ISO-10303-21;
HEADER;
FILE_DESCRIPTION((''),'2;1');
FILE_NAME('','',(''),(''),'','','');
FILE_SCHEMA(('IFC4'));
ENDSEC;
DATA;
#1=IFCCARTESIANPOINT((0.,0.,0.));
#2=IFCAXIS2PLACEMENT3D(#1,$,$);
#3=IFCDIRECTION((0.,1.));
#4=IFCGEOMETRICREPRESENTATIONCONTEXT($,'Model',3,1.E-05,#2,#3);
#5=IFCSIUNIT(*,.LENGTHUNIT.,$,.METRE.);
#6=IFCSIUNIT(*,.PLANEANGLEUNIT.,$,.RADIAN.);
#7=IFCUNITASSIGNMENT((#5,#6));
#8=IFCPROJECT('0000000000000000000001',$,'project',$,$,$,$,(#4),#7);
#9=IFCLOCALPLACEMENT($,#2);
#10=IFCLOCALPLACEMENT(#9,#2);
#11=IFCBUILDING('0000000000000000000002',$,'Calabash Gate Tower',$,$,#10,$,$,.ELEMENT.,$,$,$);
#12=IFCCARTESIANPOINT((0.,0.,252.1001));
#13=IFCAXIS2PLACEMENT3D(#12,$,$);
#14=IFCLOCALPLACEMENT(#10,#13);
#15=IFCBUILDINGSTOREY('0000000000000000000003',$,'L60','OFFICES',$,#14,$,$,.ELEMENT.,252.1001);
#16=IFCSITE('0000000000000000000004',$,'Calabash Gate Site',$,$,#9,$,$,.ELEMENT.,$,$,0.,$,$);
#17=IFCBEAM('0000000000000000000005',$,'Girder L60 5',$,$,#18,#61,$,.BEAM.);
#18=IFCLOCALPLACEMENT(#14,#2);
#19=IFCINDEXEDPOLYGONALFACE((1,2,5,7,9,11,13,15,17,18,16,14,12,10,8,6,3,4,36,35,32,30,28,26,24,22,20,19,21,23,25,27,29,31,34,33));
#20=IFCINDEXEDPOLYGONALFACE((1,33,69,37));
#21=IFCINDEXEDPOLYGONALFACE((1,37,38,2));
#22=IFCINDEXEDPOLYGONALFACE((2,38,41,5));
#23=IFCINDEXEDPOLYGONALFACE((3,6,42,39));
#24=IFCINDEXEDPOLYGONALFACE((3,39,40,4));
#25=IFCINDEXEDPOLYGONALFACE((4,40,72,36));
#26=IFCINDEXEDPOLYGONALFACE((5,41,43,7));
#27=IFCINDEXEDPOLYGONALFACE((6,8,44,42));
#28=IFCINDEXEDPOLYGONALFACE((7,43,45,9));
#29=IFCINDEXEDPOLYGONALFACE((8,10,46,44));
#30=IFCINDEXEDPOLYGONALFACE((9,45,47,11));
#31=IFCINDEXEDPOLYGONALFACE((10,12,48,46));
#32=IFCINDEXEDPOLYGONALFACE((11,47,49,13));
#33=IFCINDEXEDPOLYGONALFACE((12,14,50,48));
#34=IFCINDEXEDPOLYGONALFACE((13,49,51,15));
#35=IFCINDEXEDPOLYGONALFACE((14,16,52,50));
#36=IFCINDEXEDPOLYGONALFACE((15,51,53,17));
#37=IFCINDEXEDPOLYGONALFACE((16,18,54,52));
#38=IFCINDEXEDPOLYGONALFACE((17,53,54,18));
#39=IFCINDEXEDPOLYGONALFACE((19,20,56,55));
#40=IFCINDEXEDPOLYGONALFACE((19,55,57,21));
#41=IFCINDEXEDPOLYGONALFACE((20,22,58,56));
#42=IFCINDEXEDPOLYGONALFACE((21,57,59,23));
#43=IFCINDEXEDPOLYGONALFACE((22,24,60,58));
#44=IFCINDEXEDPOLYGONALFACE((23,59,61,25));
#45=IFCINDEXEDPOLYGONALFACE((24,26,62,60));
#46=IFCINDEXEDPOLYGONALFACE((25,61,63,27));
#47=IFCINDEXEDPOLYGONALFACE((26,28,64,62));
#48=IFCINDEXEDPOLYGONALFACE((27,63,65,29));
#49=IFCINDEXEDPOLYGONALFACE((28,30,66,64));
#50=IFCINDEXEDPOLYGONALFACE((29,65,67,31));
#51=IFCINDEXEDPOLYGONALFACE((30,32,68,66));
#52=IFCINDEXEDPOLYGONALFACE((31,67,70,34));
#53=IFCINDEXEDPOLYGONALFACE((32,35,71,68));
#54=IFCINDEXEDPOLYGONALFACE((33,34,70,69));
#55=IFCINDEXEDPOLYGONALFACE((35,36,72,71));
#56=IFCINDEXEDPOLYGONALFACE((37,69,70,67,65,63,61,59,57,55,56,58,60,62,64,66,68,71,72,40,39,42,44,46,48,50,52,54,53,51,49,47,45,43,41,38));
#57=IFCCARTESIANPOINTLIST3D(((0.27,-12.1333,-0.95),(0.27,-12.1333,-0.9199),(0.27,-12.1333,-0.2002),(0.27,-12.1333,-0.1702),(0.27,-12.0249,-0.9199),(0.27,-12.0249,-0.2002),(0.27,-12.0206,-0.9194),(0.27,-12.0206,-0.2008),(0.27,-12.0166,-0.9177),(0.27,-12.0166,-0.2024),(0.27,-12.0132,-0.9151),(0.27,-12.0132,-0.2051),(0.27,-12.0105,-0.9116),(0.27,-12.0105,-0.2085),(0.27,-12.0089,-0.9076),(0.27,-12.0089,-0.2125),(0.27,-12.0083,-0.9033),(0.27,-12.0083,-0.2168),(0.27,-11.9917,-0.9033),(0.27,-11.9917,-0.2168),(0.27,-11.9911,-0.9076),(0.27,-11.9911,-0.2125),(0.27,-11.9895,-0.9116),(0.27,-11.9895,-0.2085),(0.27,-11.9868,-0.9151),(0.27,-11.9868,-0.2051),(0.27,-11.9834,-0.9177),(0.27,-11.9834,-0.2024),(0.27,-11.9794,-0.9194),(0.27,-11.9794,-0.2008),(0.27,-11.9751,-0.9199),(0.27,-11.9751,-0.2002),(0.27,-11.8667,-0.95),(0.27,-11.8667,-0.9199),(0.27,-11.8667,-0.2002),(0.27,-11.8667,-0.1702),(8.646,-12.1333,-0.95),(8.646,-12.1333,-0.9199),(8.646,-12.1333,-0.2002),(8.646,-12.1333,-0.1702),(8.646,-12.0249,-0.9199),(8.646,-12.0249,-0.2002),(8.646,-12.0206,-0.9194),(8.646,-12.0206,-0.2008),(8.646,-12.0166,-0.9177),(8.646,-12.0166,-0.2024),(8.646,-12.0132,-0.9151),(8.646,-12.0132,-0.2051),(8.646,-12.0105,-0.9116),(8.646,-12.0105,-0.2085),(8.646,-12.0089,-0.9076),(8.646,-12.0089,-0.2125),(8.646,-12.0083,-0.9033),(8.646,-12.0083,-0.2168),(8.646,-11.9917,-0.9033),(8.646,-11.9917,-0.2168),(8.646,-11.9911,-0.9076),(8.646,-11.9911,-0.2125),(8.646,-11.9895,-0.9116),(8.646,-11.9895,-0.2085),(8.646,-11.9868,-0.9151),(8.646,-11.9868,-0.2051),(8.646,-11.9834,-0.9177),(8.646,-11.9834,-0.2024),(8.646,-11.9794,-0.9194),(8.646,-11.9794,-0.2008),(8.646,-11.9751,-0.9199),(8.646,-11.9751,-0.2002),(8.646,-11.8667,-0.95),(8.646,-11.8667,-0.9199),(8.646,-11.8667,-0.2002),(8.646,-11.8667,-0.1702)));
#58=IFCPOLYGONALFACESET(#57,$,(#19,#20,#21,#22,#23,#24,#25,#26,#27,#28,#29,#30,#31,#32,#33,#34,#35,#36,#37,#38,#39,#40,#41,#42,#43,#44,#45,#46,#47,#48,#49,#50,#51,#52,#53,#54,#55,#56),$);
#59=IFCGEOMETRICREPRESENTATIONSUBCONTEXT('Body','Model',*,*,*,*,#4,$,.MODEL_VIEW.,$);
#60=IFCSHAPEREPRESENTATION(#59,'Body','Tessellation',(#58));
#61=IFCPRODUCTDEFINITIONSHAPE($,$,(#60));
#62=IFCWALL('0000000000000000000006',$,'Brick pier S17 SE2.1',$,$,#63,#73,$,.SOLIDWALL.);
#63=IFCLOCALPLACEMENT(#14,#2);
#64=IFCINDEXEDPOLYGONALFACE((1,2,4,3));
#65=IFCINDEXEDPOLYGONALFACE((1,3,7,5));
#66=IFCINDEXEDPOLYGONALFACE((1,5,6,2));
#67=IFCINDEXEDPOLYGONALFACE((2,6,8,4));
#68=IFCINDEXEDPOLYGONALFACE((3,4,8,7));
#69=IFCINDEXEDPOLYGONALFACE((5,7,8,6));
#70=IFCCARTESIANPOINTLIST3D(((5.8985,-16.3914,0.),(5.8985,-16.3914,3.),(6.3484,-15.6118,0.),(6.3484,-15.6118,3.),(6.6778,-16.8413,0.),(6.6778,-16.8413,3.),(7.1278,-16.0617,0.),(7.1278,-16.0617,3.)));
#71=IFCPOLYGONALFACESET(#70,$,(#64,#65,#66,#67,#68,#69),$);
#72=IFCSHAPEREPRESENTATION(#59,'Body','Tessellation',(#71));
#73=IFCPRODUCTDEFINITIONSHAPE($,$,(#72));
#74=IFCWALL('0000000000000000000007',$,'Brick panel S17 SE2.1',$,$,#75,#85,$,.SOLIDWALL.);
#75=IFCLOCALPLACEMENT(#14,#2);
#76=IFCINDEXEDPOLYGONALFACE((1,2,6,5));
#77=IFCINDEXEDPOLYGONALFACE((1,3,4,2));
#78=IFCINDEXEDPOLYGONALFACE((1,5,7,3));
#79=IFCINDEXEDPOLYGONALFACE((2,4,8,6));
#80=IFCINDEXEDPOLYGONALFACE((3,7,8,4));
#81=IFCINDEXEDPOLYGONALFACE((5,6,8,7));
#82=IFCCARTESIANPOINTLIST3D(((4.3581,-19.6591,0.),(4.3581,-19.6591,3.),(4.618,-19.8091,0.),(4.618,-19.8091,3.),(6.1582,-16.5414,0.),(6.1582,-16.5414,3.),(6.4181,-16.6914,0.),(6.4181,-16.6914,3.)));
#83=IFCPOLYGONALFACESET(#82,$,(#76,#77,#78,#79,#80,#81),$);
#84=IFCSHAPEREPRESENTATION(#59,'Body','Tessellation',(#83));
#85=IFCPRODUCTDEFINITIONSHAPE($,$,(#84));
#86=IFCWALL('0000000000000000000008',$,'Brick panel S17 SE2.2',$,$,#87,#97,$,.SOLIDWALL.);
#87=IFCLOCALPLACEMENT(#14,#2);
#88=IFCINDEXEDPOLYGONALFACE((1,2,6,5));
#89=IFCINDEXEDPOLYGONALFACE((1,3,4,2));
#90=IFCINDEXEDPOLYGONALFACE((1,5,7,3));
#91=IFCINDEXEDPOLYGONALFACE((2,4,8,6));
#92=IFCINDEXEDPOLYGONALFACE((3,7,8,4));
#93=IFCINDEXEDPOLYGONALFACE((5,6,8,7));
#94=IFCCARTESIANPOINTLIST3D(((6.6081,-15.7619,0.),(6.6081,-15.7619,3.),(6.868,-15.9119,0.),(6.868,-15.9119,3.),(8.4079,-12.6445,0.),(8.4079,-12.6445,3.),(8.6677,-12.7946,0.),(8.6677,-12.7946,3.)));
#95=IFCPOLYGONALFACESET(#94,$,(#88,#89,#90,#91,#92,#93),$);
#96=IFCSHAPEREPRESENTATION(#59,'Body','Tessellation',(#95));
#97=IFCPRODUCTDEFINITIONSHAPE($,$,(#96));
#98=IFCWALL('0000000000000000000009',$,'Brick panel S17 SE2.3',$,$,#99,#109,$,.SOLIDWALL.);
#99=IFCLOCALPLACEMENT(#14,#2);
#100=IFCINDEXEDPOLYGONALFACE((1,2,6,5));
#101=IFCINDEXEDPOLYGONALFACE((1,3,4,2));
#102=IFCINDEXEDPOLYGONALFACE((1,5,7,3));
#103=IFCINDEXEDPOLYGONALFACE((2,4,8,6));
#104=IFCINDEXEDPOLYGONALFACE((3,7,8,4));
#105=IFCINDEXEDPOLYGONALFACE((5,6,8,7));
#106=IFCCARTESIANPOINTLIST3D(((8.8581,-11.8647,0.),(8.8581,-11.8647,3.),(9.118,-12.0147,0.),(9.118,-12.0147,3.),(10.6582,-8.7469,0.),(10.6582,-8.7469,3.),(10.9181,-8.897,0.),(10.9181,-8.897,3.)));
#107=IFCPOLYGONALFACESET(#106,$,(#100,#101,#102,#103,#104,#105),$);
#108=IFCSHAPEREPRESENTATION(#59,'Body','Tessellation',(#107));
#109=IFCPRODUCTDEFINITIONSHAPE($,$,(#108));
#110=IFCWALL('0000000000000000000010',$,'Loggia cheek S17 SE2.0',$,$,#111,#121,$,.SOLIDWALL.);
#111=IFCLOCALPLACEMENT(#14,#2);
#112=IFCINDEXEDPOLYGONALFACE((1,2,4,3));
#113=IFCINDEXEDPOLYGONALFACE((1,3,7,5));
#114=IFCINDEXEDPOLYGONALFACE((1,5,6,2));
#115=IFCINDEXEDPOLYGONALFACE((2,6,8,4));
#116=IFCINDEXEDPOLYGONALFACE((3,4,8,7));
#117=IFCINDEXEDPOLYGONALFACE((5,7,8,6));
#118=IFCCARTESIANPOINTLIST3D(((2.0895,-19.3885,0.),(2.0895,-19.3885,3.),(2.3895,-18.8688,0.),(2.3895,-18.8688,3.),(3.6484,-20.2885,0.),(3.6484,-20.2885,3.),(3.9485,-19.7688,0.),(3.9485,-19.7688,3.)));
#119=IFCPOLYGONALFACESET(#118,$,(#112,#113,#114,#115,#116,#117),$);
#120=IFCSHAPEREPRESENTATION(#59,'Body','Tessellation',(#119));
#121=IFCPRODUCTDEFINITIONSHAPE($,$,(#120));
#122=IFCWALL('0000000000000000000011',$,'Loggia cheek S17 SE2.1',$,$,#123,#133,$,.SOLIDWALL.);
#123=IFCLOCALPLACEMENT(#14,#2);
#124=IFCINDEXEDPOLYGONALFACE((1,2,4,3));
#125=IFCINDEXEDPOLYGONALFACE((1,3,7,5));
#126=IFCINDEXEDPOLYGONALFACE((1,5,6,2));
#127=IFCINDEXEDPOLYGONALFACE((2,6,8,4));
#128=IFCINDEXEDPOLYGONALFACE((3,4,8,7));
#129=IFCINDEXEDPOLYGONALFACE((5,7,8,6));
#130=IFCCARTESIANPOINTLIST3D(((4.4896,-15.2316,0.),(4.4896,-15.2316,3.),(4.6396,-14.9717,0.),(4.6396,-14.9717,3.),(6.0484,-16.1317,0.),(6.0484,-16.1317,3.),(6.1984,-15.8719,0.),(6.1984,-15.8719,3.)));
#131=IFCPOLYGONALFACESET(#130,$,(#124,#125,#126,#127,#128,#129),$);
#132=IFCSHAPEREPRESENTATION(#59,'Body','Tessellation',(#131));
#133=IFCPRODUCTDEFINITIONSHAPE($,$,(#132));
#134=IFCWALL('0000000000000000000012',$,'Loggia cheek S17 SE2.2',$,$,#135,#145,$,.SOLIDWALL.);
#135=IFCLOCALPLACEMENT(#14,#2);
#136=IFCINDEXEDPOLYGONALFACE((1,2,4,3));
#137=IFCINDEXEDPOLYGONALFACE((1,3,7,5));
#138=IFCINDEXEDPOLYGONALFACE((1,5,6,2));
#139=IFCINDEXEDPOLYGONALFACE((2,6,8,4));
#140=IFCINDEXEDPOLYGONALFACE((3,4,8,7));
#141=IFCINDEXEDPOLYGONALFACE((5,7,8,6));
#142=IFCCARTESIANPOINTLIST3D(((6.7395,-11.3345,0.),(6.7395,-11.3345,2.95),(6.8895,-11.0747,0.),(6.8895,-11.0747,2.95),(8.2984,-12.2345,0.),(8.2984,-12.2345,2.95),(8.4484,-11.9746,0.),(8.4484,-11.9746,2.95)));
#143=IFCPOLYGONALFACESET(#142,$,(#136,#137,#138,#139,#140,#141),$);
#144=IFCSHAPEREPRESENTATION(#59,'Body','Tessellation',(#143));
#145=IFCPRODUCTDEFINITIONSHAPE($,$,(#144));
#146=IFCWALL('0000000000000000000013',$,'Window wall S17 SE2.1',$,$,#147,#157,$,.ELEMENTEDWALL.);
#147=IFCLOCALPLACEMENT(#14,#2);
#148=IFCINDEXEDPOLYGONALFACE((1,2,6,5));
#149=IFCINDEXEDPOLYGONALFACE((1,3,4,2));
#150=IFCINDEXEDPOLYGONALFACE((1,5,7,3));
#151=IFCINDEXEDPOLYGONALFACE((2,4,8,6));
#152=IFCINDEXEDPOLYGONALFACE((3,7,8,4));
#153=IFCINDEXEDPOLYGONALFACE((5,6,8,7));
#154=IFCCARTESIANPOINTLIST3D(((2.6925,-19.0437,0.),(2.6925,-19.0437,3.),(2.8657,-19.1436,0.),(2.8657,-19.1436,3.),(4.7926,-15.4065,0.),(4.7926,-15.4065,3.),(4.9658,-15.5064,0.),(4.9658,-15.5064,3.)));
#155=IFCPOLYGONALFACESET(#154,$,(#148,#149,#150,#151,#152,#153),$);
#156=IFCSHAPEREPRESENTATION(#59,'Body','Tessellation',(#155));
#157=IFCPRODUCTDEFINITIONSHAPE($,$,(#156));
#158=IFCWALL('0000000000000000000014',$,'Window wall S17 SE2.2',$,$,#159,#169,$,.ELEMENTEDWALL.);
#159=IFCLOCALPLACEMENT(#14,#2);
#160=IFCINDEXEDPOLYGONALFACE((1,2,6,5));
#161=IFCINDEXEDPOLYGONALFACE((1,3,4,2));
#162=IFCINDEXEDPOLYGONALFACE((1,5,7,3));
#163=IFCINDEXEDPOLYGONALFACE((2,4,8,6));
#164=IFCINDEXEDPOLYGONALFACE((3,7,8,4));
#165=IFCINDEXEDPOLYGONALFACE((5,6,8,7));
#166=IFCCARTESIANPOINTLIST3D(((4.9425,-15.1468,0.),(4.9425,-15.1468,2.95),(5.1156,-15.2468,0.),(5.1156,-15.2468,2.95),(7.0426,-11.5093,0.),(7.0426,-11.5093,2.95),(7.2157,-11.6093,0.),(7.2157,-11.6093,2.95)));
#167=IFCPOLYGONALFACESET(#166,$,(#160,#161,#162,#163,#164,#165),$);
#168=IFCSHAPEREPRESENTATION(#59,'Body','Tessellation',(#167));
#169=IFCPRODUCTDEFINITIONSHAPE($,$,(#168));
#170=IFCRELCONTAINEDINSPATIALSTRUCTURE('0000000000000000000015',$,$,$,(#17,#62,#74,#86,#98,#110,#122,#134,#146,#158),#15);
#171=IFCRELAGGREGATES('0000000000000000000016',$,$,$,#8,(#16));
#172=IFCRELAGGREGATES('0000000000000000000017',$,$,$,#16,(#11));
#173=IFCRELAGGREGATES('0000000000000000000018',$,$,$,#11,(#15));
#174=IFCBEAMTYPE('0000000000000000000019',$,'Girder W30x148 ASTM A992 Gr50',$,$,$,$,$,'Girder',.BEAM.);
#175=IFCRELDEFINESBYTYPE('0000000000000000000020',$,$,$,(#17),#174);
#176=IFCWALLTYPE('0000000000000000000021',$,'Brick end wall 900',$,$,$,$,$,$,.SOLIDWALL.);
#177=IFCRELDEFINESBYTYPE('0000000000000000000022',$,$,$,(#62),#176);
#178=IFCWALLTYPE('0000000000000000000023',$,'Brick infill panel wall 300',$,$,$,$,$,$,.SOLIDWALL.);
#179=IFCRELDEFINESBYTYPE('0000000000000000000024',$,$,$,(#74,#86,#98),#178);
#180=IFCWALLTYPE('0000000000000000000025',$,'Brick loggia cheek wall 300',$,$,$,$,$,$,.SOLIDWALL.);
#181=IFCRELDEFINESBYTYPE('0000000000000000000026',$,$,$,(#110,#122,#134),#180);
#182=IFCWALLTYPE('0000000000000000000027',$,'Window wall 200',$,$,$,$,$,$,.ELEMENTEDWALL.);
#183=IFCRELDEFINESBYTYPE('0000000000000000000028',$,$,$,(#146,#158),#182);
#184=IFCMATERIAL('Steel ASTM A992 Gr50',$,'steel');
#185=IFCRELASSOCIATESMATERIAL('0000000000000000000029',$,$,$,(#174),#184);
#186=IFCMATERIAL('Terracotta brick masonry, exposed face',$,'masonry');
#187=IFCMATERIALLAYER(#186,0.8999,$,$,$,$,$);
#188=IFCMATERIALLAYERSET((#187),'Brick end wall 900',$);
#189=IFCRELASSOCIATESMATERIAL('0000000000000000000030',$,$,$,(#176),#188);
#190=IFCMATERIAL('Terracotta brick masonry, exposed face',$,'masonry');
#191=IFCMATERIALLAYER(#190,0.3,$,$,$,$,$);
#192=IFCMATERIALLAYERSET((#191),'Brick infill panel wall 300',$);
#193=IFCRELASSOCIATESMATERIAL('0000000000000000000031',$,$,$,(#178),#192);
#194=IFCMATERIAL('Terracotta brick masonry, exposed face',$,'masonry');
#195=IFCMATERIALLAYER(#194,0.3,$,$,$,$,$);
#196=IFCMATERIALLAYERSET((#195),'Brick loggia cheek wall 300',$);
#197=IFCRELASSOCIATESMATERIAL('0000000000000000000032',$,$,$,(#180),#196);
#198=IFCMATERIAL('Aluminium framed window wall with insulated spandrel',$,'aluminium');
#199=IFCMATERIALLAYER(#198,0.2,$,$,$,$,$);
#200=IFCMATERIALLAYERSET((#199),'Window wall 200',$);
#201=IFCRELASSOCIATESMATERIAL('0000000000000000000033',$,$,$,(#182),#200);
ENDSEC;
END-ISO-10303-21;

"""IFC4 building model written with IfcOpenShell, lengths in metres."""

from ifc_helpers import new_model, si_unit, direction, frame, frame_2d, origin, origin_2d, place, context, subcontext, project, spatial, rectangle, i_section, extrude, material, layer, layer_set, material_profile, profile_set, type_object, element, save


model = new_model("IFC4")

# Units and contexts
model_context = context("Model", 3, precision=1e-05, world=origin(), true_north=direction((0.0, 1.0)))
body_context = subcontext(model_context, "Body", "Model", "MODEL_VIEW")
ifc_project = project(units=[si_unit("LENGTHUNIT", "METRE"), si_unit("PLANEANGLEUNIT", "RADIAN")], contexts=[model_context])

# Site, building, storey
site_placement = place(None, origin())
site = spatial("IfcSite", under=ifc_project, at=site_placement, Name="Calabash Gate Site", CompositionType="ELEMENT", RefElevation=0.0)
building_placement = place(site_placement, origin())
building = spatial("IfcBuilding", under=site, at=building_placement, Name="Calabash Gate Tower", CompositionType="ELEMENT")
storey_placement = place(building_placement, frame((0.0, 0.0, 252.1001)))
storey = spatial("IfcBuildingStorey", under=building, at=storey_placement, Name="L60", Description="OFFICES", CompositionType="ELEMENT", Elevation=252.1001)

# Beam
ifc_material_1 = material(Name="Steel ASTM A992 Gr50", Category="steel")
ifc_material_profile_1 = material_profile(ifc_material_1, i_section(OverallWidth=0.2666, OverallDepth=0.7798, WebThickness=0.0166, FlangeThickness=0.03, FilletRadius=0.0166, at=origin_2d()))
ifc_profile_set_1 = profile_set([ifc_material_profile_1], Name="Steel ASTM A992 Gr50")
beam_type_1 = type_object("IfcBeamType", Name="Girder W30x148 ASTM A992 Gr50", ElementType="Girder", PredefinedType="BEAM", material=ifc_profile_set_1)
beam_1_placement = place(storey_placement, frame((0.27, -12.0, -0.5601), z_axis=(1.0, 0.0, 0.0), x_axis=(0.0, 1.0, 0.0)))
element("IfcBeam", 1, at=beam_1_placement, inside=storey, type_object=beam_type_1, Name="Girder L60 5", PredefinedType="BEAM", context=body_context, shape_type="SweptSolid", body=[
    extrude(i_section(OverallWidth=0.2666, OverallDepth=0.7798, WebThickness=0.0166, FlangeThickness=0.03, FilletRadius=0.0166, at=origin_2d()), origin(), (0.0, 0.0, 1.0), 8.376),
])

# Walls
ifc_material_2 = material(Name="Terracotta brick masonry, exposed face", Category="masonry")
ifc_layer_1 = layer(ifc_material_2, 0.8999)
ifc_layer_set_1 = layer_set([ifc_layer_1], Name="Brick end wall 900")
wall_type_1 = type_object("IfcWallType", Name="Brick end wall 900", PredefinedType="SOLIDWALL", material=ifc_layer_set_1)
wall_1_placement = place(storey_placement, frame((6.2881, -16.6165, 0.0), z_axis=(0.0, 0.0, 1.0), x_axis=(0.499902, 0.866082, 0.0)))
element("IfcWall", 2, at=wall_1_placement, inside=storey, type_object=wall_type_1, Name="Brick pier S17 SE2.1", PredefinedType="SOLIDWALL", context=body_context, shape_type="SweptSolid", body=[
    extrude(rectangle(XDim=0.9001, YDim=0.8999, at=frame_2d((0.4502, 0.0))), origin(), (0.0, 0.0, 1.0), 3.0),
])
ifc_material_3 = material(Name="Terracotta brick masonry, exposed face", Category="masonry")
ifc_layer_2 = layer(ifc_material_3, 0.3)
ifc_layer_set_2 = layer_set([ifc_layer_2], Name="Brick infill panel wall 300")
wall_type_2 = type_object("IfcWallType", Name="Brick infill panel wall 300", PredefinedType="SOLIDWALL", material=ifc_layer_set_2)
wall_2_placement = place(storey_placement, frame((4.488, -19.7341, 0.0), z_axis=(0.0, 0.0, 1.0), x_axis=(0.500012, 0.866018, 0.0)))
element("IfcWall", 3, at=wall_2_placement, inside=storey, type_object=wall_type_2, Name="Brick panel S17 SE2.1", PredefinedType="SOLIDWALL", context=body_context, shape_type="SweptSolid", body=[
    extrude(rectangle(XDim=3.6001, YDim=0.3, at=frame_2d((1.8, 0.0))), origin(), (0.0, 0.0, 1.0), 3.0),
])
wall_3_placement = place(storey_placement, frame((6.738, -15.8369, 0.0), z_axis=(0.0, 0.0, 1.0), x_axis=(0.499991, 0.866031, 0.0)))
element("IfcWall", 4, at=wall_3_placement, inside=storey, type_object=wall_type_2, Name="Brick panel S17 SE2.2", PredefinedType="SOLIDWALL", context=body_context, shape_type="SweptSolid", body=[
    extrude(rectangle(XDim=3.5996, YDim=0.3, at=frame_2d((1.7998, 0.0))), origin(), (0.0, 0.0, 1.0), 3.0),
])
wall_4_placement = place(storey_placement, frame((8.988, -11.9397, 0.0), z_axis=(0.0, 0.0, 1.0), x_axis=(0.500012, 0.866018, 0.0)))
element("IfcWall", 5, at=wall_4_placement, inside=storey, type_object=wall_type_2, Name="Brick panel S17 SE2.3", PredefinedType="SOLIDWALL", context=body_context, shape_type="SweptSolid", body=[
    extrude(rectangle(XDim=3.6001, YDim=0.3, at=frame_2d((1.8, 0.0))), origin(), (0.0, 0.0, 1.0), 3.0),
])
ifc_material_4 = material(Name="Terracotta brick masonry, exposed face", Category="masonry")
ifc_layer_3 = layer(ifc_material_4, 0.3)
ifc_layer_set_3 = layer_set([ifc_layer_3], Name="Brick loggia cheek wall 300")
wall_type_3 = type_object("IfcWallType", Name="Brick loggia cheek wall 300", PredefinedType="SOLIDWALL", material=ifc_layer_set_3)
wall_5_placement = place(storey_placement, frame((3.7983, -20.0286, 0.0), z_axis=(0.0, 0.0, 1.0), x_axis=(-0.866048, 0.499961, 0.0)))
element("IfcWall", 6, at=wall_5_placement, inside=storey, type_object=wall_type_3, Name="Loggia cheek S17 SE2.0", PredefinedType="SOLIDWALL", context=body_context, shape_type="SweptSolid", body=[
    extrude(rectangle(XDim=1.8, YDim=0.6001, at=frame_2d((0.8999, 0.0))), origin(), (0.0, 0.0, 1.0), 3.0),
])
wall_6_placement = place(storey_placement, frame((6.1233, -16.0017, 0.0), z_axis=(0.0, 0.0, 1.0), x_axis=(-0.865989, 0.500063, 0.0)))
element("IfcWall", 7, at=wall_6_placement, inside=storey, type_object=wall_type_3, Name="Loggia cheek S17 SE2.1", PredefinedType="SOLIDWALL", context=body_context, shape_type="SweptSolid", body=[
    extrude(rectangle(XDim=1.8, YDim=0.3, at=frame_2d((0.8999, 0.0))), origin(), (0.0, 0.0, 1.0), 3.0),
])
wall_7_placement = place(storey_placement, frame((8.3733, -12.1045, 0.0), z_axis=(0.0, 0.0, 1.0), x_axis=(-0.866048, 0.499961, 0.0)))
element("IfcWall", 8, at=wall_7_placement, inside=storey, type_object=wall_type_3, Name="Loggia cheek S17 SE2.2", PredefinedType="SOLIDWALL", context=body_context, shape_type="SweptSolid", body=[
    extrude(rectangle(XDim=1.8, YDim=0.3, at=frame_2d((0.8999, 0.0))), origin(), (0.0, 0.0, 1.0), 2.95),
])
ifc_material_5 = material(Name="Aluminium framed window wall with insulated spandrel", Category="aluminium")
ifc_layer_4 = layer(ifc_material_5, 0.2)
ifc_layer_set_4 = layer_set([ifc_layer_4], Name="Window wall 200")
wall_type_4 = type_object("IfcWallType", Name="Window wall 200", PredefinedType="ELEMENTEDWALL", material=ifc_layer_set_4)
wall_8_placement = place(storey_placement, frame((2.7791, -19.0938, 0.0), z_axis=(0.0, 0.0, 1.0), x_axis=(0.500028, 0.866009, 0.0)))
element("IfcWall", 9, at=wall_8_placement, inside=storey, type_object=wall_type_4, Name="Window wall S17 SE2.1", PredefinedType="ELEMENTEDWALL", context=body_context, shape_type="SweptSolid", body=[
    extrude(rectangle(XDim=4.2, YDim=0.2, at=frame_2d((2.1001, 0.0))), origin(), (0.0, 0.0, 1.0), 3.0),
])
wall_9_placement = place(storey_placement, frame((5.0291, -15.1968, 0.0), z_axis=(0.0, 0.0, 1.0), x_axis=(0.500003, 0.866024, 0.0)))
element("IfcWall", 10, at=wall_9_placement, inside=storey, type_object=wall_type_4, Name="Window wall S17 SE2.2", PredefinedType="ELEMENTEDWALL", context=body_context, shape_type="SweptSolid", body=[
    extrude(rectangle(XDim=4.2002, YDim=0.2, at=frame_2d((2.1001, 0.0))), origin(), (0.0, 0.0, 1.0), 2.95),
])

save(model, "model.ifc")
